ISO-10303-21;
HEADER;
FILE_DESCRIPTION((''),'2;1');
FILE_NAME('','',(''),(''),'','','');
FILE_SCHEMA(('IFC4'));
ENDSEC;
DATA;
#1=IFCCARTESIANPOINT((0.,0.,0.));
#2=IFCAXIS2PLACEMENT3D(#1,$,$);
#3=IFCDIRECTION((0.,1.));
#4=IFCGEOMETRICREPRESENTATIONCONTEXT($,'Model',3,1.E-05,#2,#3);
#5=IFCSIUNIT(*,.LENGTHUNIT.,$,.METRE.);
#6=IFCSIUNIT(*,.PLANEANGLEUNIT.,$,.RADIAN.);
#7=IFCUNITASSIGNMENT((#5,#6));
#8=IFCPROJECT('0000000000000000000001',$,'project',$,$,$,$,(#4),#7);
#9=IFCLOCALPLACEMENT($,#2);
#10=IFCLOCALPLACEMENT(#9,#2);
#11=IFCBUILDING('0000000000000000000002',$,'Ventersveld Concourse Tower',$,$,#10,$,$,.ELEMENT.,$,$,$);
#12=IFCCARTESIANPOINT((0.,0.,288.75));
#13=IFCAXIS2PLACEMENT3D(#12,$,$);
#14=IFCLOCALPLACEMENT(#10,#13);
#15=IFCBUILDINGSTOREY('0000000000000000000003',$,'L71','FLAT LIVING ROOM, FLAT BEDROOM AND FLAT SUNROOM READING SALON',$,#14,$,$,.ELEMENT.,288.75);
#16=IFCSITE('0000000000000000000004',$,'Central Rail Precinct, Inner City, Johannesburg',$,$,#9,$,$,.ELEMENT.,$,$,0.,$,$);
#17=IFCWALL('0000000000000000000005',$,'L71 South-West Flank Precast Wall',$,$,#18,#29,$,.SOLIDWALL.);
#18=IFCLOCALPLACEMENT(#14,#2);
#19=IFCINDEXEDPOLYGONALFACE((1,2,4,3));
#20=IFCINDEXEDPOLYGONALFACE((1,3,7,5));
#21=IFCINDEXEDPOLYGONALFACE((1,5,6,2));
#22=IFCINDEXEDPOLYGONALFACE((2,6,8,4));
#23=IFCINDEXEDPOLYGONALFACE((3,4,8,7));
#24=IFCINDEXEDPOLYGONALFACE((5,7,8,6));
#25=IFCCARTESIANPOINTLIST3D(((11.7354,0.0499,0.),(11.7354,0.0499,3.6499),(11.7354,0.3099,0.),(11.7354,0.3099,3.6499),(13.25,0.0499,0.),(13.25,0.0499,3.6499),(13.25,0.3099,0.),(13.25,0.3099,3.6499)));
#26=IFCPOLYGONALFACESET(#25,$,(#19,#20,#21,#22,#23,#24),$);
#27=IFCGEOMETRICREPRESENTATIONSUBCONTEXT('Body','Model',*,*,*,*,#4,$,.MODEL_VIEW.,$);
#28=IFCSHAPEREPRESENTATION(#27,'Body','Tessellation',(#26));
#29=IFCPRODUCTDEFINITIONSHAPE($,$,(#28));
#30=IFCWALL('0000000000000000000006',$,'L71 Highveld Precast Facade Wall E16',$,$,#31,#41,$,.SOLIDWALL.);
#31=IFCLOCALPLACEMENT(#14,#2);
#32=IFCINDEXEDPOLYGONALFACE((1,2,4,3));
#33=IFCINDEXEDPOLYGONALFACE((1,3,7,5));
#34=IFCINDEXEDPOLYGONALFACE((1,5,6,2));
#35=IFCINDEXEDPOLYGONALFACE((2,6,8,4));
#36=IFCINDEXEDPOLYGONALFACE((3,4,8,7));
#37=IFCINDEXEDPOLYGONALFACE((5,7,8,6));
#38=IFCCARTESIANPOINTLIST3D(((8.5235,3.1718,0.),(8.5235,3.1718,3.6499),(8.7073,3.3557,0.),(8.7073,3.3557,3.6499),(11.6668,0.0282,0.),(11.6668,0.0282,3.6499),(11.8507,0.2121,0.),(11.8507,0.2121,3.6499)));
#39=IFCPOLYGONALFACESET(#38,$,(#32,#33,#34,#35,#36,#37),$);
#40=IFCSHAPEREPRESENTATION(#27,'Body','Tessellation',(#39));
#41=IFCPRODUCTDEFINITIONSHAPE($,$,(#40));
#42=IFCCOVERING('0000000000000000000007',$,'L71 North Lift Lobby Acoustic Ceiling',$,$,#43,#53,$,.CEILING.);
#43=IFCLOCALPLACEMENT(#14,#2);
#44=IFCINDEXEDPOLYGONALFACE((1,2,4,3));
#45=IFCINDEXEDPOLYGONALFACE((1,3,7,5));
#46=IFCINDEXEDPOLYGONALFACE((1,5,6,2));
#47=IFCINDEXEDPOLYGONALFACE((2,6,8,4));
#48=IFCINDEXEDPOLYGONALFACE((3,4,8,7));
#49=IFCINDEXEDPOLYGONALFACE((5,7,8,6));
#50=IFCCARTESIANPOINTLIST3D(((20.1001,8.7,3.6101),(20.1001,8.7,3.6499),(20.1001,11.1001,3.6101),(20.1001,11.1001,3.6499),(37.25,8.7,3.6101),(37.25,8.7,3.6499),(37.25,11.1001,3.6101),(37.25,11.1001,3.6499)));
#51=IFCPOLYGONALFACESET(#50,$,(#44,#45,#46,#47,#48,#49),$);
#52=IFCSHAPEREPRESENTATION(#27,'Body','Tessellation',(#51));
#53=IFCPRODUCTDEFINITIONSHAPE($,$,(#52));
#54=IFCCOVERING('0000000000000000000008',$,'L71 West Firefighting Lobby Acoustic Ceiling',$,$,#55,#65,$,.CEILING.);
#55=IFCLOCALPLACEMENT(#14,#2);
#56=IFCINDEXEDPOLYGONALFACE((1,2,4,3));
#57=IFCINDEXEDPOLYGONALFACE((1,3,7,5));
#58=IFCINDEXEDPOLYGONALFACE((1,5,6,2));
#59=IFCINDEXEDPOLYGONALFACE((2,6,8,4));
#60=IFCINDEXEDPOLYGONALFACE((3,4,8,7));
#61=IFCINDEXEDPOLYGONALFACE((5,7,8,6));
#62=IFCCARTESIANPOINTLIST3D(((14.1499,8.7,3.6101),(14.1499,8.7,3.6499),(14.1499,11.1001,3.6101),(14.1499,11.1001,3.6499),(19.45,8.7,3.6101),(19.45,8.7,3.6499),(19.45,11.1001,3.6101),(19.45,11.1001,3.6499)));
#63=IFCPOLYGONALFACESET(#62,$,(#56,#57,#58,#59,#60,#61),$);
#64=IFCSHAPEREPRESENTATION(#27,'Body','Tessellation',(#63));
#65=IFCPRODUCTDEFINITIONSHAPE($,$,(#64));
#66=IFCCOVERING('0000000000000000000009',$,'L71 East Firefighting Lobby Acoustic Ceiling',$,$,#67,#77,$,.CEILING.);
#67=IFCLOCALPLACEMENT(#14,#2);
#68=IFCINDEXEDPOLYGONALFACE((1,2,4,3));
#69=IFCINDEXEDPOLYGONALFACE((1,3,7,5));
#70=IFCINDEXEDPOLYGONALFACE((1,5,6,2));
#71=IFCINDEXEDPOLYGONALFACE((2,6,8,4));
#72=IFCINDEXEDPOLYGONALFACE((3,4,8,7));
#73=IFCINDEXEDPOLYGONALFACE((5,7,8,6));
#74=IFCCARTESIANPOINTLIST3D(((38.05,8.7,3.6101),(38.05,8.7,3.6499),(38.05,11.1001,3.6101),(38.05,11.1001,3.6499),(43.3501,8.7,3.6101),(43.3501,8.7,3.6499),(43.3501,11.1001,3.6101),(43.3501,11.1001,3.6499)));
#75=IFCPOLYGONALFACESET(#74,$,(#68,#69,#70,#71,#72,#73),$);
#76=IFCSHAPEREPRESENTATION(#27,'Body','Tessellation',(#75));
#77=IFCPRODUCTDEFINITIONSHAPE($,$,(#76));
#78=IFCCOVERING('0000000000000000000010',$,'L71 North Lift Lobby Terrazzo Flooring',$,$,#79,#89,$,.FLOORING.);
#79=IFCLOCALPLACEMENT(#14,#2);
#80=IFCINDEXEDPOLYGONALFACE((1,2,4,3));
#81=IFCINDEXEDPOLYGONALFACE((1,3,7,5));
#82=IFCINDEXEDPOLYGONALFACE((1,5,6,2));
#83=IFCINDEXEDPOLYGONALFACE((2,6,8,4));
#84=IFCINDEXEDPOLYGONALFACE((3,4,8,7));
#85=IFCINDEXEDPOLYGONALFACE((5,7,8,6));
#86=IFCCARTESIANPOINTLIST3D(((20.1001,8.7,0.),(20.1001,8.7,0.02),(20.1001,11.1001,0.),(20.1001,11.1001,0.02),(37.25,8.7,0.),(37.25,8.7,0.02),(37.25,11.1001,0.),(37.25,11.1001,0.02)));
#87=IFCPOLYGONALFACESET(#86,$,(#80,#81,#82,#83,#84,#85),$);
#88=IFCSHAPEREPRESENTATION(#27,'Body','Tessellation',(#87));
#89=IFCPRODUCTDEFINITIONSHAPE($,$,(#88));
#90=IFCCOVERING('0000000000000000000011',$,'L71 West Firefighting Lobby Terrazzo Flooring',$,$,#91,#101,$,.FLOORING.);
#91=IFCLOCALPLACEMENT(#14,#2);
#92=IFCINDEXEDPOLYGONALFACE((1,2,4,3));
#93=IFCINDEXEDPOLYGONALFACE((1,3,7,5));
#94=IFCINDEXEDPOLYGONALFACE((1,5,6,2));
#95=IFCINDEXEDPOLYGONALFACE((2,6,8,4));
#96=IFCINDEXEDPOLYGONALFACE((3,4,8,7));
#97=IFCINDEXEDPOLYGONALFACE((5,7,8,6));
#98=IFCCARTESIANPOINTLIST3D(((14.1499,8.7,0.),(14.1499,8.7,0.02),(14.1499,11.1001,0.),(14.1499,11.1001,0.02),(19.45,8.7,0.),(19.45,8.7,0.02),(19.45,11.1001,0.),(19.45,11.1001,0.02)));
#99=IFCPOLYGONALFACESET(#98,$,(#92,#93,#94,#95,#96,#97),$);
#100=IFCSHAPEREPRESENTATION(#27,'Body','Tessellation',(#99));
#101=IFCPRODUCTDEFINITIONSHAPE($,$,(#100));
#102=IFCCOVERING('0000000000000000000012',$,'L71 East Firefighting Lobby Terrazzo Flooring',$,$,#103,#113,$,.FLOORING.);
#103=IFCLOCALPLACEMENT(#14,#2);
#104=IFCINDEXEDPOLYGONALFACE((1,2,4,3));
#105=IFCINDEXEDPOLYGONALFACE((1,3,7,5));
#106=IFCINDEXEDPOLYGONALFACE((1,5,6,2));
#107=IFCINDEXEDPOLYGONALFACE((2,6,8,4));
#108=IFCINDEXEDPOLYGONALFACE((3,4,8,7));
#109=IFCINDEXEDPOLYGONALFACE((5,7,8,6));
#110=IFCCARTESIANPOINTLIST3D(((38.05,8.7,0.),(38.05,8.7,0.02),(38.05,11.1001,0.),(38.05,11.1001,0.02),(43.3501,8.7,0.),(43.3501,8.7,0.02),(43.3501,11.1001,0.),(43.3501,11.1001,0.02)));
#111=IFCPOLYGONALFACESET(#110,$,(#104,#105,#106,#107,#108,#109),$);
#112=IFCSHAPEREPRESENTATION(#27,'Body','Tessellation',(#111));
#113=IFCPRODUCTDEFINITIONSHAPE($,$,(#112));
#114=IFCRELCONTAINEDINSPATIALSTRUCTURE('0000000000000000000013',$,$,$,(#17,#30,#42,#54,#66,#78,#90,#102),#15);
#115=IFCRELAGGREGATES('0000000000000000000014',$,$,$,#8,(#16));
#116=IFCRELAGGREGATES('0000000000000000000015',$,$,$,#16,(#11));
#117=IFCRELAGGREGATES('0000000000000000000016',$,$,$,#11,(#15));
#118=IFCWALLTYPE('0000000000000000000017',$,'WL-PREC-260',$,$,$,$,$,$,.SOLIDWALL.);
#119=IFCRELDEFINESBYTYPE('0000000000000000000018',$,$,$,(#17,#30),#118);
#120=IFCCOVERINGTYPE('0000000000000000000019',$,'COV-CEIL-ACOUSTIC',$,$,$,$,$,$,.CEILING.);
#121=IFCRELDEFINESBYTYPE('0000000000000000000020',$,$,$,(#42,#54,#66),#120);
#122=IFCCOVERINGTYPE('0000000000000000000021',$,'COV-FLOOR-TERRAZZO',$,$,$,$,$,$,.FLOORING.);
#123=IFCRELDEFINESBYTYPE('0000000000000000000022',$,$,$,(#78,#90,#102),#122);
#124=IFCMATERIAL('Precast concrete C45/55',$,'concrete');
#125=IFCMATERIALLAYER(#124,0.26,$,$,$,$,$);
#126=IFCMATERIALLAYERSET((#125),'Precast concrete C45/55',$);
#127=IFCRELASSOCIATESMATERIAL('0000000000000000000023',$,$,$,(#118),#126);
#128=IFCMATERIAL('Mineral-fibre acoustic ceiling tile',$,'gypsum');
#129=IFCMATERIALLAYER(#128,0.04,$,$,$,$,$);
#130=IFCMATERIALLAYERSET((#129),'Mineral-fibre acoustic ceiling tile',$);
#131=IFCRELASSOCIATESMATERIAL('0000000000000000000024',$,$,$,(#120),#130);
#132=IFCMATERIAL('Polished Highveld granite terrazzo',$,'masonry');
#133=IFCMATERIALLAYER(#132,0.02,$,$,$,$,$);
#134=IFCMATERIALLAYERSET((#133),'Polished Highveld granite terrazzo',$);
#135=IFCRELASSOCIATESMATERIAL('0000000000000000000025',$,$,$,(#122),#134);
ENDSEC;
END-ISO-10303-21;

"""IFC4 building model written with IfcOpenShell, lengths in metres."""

from ifc_helpers import new_model, si_unit, direction, frame, frame_2d, origin, place, context, subcontext, project, spatial, polyline, rectangle, outline, extrude, material, layer, layer_set, type_object, element, save


model = new_model("IFC4")

# Units and contexts
model_context = context("Model", 3, precision=1e-05, world=origin(), true_north=direction((0.0, 1.0)))
body_context = subcontext(model_context, "Body", "Model", "MODEL_VIEW")
ifc_project = project(units=[si_unit("LENGTHUNIT", "METRE"), si_unit("PLANEANGLEUNIT", "RADIAN")], contexts=[model_context])

# Site, building, storey
site_placement = place(None, origin())
site = spatial("IfcSite", under=ifc_project, at=site_placement, Name="Central Rail Precinct, Inner City, Johannesburg", CompositionType="ELEMENT", RefElevation=0.0)
building_placement = place(site_placement, origin())
building = spatial("IfcBuilding", under=site, at=building_placement, Name="Ventersveld Concourse Tower", CompositionType="ELEMENT")
storey_placement = place(building_placement, frame((0.0, 0.0, 288.75)))
storey = spatial("IfcBuildingStorey", under=building, at=storey_placement, Name="L71", Description="FLAT LIVING ROOM, FLAT BEDROOM AND FLAT SUNROOM READING SALON", CompositionType="ELEMENT", Elevation=288.75)

# Walls
ifc_material_1 = material(Name="Precast concrete C45/55", Category="concrete")
ifc_layer_1 = layer(ifc_material_1, 0.26)
ifc_layer_set_1 = layer_set([ifc_layer_1], Name="Precast concrete C45/55")
wall_type_1 = type_object("IfcWallType", Name="WL-PREC-260", PredefinedType="SOLIDWALL", material=ifc_layer_set_1)
wall_1_placement = place(storey_placement, frame((11.7354, 0.1799, 0.0), z_axis=(0.0, 0.0, 1.0), x_axis=(1.0, 0.0, 0.0)))
element("IfcWall", 1, at=wall_1_placement, inside=storey, type_object=wall_type_1, Name="L71 South-West Flank Precast Wall", PredefinedType="SOLIDWALL", context=body_context, shape_type="SweptSolid", body=[
    extrude(rectangle(XDim=1.5146, YDim=0.26, at=frame_2d((0.7573, 0.0))), origin(), (0.0, 0.0, 1.0), 3.6499),
])
wall_2_placement = place(storey_placement, frame((8.6155, 3.2637, 0.0), z_axis=(0.0, 0.0, 1.0), x_axis=(0.707079, -0.707134, 0.0)))
element("IfcWall", 2, at=wall_2_placement, inside=storey, type_object=wall_type_1, Name="L71 Highveld Precast Facade Wall E16", PredefinedType="SOLIDWALL", context=body_context, shape_type="SweptSolid", body=[
    extrude(rectangle(XDim=4.4456, YDim=0.26, at=frame_2d((2.2227, 0.0))), origin(), (0.0, 0.0, 1.0), 3.6499),
])

# Coverings
ifc_material_2 = material(Name="Mineral-fibre acoustic ceiling tile", Category="gypsum")
ifc_layer_2 = layer(ifc_material_2, 0.04)
ifc_layer_set_2 = layer_set([ifc_layer_2], Name="Mineral-fibre acoustic ceiling tile")
covering_type_1 = type_object("IfcCoveringType", Name="COV-CEIL-ACOUSTIC", PredefinedType="CEILING", material=ifc_layer_set_2)
covering_1_placement = place(storey_placement, frame((0.0, 0.0, 3.6101)))
element("IfcCovering", 3, at=covering_1_placement, inside=storey, type_object=covering_type_1, Name="L71 North Lift Lobby Acoustic Ceiling", PredefinedType="CEILING", context=body_context, shape_type="SweptSolid", body=[
    extrude(outline(polyline([(20.1001, 8.7), (37.25, 8.7), (37.25, 11.1001), (20.1001, 11.1001), (20.1001, 8.7)])), origin(), (0.0, 0.0, 1.0), 0.0398),
])
covering_2_placement = place(storey_placement, frame((0.0, 0.0, 3.6101)))
element("IfcCovering", 4, at=covering_2_placement, inside=storey, type_object=covering_type_1, Name="L71 West Firefighting Lobby Acoustic Ceiling", PredefinedType="CEILING", context=body_context, shape_type="SweptSolid", body=[
    extrude(outline(polyline([(14.1499, 8.7), (19.45, 8.7), (19.45, 11.1001), (14.1499, 11.1001), (14.1499, 8.7)])), origin(), (0.0, 0.0, 1.0), 0.0398),
])
covering_3_placement = place(storey_placement, frame((0.0, 0.0, 3.6101)))
element("IfcCovering", 5, at=covering_3_placement, inside=storey, type_object=covering_type_1, Name="L71 East Firefighting Lobby Acoustic Ceiling", PredefinedType="CEILING", context=body_context, shape_type="SweptSolid", body=[
    extrude(outline(polyline([(38.05, 8.7), (43.3501, 8.7), (43.3501, 11.1001), (38.05, 11.1001), (38.05, 8.7)])), origin(), (0.0, 0.0, 1.0), 0.0398),
])
ifc_material_3 = material(Name="Polished Highveld granite terrazzo", Category="masonry")
ifc_layer_3 = layer(ifc_material_3, 0.02)
ifc_layer_set_3 = layer_set([ifc_layer_3], Name="Polished Highveld granite terrazzo")
covering_type_2 = type_object("IfcCoveringType", Name="COV-FLOOR-TERRAZZO", PredefinedType="FLOORING", material=ifc_layer_set_3)
covering_4_placement = place(storey_placement, origin())
element("IfcCovering", 6, at=covering_4_placement, inside=storey, type_object=covering_type_2, Name="L71 North Lift Lobby Terrazzo Flooring", PredefinedType="FLOORING", context=body_context, shape_type="SweptSolid", body=[
    extrude(outline(polyline([(20.1001, 8.7), (37.25, 8.7), (37.25, 11.1001), (20.1001, 11.1001), (20.1001, 8.7)])), origin(), (0.0, 0.0, 1.0), 0.02),
])
covering_5_placement = place(storey_placement, origin())
element("IfcCovering", 7, at=covering_5_placement, inside=storey, type_object=covering_type_2, Name="L71 West Firefighting Lobby Terrazzo Flooring", PredefinedType="FLOORING", context=body_context, shape_type="SweptSolid", body=[
    extrude(outline(polyline([(14.1499, 8.7), (19.45, 8.7), (19.45, 11.1001), (14.1499, 11.1001), (14.1499, 8.7)])), origin(), (0.0, 0.0, 1.0), 0.02),
])
covering_6_placement = place(storey_placement, origin())
element("IfcCovering", 8, at=covering_6_placement, inside=storey, type_object=covering_type_2, Name="L71 East Firefighting Lobby Terrazzo Flooring", PredefinedType="FLOORING", context=body_context, shape_type="SweptSolid", body=[
    extrude(outline(polyline([(38.05, 8.7), (43.3501, 8.7), (43.3501, 11.1001), (38.05, 11.1001), (38.05, 8.7)])), origin(), (0.0, 0.0, 1.0), 0.02),
])

save(model, "model.ifc")
